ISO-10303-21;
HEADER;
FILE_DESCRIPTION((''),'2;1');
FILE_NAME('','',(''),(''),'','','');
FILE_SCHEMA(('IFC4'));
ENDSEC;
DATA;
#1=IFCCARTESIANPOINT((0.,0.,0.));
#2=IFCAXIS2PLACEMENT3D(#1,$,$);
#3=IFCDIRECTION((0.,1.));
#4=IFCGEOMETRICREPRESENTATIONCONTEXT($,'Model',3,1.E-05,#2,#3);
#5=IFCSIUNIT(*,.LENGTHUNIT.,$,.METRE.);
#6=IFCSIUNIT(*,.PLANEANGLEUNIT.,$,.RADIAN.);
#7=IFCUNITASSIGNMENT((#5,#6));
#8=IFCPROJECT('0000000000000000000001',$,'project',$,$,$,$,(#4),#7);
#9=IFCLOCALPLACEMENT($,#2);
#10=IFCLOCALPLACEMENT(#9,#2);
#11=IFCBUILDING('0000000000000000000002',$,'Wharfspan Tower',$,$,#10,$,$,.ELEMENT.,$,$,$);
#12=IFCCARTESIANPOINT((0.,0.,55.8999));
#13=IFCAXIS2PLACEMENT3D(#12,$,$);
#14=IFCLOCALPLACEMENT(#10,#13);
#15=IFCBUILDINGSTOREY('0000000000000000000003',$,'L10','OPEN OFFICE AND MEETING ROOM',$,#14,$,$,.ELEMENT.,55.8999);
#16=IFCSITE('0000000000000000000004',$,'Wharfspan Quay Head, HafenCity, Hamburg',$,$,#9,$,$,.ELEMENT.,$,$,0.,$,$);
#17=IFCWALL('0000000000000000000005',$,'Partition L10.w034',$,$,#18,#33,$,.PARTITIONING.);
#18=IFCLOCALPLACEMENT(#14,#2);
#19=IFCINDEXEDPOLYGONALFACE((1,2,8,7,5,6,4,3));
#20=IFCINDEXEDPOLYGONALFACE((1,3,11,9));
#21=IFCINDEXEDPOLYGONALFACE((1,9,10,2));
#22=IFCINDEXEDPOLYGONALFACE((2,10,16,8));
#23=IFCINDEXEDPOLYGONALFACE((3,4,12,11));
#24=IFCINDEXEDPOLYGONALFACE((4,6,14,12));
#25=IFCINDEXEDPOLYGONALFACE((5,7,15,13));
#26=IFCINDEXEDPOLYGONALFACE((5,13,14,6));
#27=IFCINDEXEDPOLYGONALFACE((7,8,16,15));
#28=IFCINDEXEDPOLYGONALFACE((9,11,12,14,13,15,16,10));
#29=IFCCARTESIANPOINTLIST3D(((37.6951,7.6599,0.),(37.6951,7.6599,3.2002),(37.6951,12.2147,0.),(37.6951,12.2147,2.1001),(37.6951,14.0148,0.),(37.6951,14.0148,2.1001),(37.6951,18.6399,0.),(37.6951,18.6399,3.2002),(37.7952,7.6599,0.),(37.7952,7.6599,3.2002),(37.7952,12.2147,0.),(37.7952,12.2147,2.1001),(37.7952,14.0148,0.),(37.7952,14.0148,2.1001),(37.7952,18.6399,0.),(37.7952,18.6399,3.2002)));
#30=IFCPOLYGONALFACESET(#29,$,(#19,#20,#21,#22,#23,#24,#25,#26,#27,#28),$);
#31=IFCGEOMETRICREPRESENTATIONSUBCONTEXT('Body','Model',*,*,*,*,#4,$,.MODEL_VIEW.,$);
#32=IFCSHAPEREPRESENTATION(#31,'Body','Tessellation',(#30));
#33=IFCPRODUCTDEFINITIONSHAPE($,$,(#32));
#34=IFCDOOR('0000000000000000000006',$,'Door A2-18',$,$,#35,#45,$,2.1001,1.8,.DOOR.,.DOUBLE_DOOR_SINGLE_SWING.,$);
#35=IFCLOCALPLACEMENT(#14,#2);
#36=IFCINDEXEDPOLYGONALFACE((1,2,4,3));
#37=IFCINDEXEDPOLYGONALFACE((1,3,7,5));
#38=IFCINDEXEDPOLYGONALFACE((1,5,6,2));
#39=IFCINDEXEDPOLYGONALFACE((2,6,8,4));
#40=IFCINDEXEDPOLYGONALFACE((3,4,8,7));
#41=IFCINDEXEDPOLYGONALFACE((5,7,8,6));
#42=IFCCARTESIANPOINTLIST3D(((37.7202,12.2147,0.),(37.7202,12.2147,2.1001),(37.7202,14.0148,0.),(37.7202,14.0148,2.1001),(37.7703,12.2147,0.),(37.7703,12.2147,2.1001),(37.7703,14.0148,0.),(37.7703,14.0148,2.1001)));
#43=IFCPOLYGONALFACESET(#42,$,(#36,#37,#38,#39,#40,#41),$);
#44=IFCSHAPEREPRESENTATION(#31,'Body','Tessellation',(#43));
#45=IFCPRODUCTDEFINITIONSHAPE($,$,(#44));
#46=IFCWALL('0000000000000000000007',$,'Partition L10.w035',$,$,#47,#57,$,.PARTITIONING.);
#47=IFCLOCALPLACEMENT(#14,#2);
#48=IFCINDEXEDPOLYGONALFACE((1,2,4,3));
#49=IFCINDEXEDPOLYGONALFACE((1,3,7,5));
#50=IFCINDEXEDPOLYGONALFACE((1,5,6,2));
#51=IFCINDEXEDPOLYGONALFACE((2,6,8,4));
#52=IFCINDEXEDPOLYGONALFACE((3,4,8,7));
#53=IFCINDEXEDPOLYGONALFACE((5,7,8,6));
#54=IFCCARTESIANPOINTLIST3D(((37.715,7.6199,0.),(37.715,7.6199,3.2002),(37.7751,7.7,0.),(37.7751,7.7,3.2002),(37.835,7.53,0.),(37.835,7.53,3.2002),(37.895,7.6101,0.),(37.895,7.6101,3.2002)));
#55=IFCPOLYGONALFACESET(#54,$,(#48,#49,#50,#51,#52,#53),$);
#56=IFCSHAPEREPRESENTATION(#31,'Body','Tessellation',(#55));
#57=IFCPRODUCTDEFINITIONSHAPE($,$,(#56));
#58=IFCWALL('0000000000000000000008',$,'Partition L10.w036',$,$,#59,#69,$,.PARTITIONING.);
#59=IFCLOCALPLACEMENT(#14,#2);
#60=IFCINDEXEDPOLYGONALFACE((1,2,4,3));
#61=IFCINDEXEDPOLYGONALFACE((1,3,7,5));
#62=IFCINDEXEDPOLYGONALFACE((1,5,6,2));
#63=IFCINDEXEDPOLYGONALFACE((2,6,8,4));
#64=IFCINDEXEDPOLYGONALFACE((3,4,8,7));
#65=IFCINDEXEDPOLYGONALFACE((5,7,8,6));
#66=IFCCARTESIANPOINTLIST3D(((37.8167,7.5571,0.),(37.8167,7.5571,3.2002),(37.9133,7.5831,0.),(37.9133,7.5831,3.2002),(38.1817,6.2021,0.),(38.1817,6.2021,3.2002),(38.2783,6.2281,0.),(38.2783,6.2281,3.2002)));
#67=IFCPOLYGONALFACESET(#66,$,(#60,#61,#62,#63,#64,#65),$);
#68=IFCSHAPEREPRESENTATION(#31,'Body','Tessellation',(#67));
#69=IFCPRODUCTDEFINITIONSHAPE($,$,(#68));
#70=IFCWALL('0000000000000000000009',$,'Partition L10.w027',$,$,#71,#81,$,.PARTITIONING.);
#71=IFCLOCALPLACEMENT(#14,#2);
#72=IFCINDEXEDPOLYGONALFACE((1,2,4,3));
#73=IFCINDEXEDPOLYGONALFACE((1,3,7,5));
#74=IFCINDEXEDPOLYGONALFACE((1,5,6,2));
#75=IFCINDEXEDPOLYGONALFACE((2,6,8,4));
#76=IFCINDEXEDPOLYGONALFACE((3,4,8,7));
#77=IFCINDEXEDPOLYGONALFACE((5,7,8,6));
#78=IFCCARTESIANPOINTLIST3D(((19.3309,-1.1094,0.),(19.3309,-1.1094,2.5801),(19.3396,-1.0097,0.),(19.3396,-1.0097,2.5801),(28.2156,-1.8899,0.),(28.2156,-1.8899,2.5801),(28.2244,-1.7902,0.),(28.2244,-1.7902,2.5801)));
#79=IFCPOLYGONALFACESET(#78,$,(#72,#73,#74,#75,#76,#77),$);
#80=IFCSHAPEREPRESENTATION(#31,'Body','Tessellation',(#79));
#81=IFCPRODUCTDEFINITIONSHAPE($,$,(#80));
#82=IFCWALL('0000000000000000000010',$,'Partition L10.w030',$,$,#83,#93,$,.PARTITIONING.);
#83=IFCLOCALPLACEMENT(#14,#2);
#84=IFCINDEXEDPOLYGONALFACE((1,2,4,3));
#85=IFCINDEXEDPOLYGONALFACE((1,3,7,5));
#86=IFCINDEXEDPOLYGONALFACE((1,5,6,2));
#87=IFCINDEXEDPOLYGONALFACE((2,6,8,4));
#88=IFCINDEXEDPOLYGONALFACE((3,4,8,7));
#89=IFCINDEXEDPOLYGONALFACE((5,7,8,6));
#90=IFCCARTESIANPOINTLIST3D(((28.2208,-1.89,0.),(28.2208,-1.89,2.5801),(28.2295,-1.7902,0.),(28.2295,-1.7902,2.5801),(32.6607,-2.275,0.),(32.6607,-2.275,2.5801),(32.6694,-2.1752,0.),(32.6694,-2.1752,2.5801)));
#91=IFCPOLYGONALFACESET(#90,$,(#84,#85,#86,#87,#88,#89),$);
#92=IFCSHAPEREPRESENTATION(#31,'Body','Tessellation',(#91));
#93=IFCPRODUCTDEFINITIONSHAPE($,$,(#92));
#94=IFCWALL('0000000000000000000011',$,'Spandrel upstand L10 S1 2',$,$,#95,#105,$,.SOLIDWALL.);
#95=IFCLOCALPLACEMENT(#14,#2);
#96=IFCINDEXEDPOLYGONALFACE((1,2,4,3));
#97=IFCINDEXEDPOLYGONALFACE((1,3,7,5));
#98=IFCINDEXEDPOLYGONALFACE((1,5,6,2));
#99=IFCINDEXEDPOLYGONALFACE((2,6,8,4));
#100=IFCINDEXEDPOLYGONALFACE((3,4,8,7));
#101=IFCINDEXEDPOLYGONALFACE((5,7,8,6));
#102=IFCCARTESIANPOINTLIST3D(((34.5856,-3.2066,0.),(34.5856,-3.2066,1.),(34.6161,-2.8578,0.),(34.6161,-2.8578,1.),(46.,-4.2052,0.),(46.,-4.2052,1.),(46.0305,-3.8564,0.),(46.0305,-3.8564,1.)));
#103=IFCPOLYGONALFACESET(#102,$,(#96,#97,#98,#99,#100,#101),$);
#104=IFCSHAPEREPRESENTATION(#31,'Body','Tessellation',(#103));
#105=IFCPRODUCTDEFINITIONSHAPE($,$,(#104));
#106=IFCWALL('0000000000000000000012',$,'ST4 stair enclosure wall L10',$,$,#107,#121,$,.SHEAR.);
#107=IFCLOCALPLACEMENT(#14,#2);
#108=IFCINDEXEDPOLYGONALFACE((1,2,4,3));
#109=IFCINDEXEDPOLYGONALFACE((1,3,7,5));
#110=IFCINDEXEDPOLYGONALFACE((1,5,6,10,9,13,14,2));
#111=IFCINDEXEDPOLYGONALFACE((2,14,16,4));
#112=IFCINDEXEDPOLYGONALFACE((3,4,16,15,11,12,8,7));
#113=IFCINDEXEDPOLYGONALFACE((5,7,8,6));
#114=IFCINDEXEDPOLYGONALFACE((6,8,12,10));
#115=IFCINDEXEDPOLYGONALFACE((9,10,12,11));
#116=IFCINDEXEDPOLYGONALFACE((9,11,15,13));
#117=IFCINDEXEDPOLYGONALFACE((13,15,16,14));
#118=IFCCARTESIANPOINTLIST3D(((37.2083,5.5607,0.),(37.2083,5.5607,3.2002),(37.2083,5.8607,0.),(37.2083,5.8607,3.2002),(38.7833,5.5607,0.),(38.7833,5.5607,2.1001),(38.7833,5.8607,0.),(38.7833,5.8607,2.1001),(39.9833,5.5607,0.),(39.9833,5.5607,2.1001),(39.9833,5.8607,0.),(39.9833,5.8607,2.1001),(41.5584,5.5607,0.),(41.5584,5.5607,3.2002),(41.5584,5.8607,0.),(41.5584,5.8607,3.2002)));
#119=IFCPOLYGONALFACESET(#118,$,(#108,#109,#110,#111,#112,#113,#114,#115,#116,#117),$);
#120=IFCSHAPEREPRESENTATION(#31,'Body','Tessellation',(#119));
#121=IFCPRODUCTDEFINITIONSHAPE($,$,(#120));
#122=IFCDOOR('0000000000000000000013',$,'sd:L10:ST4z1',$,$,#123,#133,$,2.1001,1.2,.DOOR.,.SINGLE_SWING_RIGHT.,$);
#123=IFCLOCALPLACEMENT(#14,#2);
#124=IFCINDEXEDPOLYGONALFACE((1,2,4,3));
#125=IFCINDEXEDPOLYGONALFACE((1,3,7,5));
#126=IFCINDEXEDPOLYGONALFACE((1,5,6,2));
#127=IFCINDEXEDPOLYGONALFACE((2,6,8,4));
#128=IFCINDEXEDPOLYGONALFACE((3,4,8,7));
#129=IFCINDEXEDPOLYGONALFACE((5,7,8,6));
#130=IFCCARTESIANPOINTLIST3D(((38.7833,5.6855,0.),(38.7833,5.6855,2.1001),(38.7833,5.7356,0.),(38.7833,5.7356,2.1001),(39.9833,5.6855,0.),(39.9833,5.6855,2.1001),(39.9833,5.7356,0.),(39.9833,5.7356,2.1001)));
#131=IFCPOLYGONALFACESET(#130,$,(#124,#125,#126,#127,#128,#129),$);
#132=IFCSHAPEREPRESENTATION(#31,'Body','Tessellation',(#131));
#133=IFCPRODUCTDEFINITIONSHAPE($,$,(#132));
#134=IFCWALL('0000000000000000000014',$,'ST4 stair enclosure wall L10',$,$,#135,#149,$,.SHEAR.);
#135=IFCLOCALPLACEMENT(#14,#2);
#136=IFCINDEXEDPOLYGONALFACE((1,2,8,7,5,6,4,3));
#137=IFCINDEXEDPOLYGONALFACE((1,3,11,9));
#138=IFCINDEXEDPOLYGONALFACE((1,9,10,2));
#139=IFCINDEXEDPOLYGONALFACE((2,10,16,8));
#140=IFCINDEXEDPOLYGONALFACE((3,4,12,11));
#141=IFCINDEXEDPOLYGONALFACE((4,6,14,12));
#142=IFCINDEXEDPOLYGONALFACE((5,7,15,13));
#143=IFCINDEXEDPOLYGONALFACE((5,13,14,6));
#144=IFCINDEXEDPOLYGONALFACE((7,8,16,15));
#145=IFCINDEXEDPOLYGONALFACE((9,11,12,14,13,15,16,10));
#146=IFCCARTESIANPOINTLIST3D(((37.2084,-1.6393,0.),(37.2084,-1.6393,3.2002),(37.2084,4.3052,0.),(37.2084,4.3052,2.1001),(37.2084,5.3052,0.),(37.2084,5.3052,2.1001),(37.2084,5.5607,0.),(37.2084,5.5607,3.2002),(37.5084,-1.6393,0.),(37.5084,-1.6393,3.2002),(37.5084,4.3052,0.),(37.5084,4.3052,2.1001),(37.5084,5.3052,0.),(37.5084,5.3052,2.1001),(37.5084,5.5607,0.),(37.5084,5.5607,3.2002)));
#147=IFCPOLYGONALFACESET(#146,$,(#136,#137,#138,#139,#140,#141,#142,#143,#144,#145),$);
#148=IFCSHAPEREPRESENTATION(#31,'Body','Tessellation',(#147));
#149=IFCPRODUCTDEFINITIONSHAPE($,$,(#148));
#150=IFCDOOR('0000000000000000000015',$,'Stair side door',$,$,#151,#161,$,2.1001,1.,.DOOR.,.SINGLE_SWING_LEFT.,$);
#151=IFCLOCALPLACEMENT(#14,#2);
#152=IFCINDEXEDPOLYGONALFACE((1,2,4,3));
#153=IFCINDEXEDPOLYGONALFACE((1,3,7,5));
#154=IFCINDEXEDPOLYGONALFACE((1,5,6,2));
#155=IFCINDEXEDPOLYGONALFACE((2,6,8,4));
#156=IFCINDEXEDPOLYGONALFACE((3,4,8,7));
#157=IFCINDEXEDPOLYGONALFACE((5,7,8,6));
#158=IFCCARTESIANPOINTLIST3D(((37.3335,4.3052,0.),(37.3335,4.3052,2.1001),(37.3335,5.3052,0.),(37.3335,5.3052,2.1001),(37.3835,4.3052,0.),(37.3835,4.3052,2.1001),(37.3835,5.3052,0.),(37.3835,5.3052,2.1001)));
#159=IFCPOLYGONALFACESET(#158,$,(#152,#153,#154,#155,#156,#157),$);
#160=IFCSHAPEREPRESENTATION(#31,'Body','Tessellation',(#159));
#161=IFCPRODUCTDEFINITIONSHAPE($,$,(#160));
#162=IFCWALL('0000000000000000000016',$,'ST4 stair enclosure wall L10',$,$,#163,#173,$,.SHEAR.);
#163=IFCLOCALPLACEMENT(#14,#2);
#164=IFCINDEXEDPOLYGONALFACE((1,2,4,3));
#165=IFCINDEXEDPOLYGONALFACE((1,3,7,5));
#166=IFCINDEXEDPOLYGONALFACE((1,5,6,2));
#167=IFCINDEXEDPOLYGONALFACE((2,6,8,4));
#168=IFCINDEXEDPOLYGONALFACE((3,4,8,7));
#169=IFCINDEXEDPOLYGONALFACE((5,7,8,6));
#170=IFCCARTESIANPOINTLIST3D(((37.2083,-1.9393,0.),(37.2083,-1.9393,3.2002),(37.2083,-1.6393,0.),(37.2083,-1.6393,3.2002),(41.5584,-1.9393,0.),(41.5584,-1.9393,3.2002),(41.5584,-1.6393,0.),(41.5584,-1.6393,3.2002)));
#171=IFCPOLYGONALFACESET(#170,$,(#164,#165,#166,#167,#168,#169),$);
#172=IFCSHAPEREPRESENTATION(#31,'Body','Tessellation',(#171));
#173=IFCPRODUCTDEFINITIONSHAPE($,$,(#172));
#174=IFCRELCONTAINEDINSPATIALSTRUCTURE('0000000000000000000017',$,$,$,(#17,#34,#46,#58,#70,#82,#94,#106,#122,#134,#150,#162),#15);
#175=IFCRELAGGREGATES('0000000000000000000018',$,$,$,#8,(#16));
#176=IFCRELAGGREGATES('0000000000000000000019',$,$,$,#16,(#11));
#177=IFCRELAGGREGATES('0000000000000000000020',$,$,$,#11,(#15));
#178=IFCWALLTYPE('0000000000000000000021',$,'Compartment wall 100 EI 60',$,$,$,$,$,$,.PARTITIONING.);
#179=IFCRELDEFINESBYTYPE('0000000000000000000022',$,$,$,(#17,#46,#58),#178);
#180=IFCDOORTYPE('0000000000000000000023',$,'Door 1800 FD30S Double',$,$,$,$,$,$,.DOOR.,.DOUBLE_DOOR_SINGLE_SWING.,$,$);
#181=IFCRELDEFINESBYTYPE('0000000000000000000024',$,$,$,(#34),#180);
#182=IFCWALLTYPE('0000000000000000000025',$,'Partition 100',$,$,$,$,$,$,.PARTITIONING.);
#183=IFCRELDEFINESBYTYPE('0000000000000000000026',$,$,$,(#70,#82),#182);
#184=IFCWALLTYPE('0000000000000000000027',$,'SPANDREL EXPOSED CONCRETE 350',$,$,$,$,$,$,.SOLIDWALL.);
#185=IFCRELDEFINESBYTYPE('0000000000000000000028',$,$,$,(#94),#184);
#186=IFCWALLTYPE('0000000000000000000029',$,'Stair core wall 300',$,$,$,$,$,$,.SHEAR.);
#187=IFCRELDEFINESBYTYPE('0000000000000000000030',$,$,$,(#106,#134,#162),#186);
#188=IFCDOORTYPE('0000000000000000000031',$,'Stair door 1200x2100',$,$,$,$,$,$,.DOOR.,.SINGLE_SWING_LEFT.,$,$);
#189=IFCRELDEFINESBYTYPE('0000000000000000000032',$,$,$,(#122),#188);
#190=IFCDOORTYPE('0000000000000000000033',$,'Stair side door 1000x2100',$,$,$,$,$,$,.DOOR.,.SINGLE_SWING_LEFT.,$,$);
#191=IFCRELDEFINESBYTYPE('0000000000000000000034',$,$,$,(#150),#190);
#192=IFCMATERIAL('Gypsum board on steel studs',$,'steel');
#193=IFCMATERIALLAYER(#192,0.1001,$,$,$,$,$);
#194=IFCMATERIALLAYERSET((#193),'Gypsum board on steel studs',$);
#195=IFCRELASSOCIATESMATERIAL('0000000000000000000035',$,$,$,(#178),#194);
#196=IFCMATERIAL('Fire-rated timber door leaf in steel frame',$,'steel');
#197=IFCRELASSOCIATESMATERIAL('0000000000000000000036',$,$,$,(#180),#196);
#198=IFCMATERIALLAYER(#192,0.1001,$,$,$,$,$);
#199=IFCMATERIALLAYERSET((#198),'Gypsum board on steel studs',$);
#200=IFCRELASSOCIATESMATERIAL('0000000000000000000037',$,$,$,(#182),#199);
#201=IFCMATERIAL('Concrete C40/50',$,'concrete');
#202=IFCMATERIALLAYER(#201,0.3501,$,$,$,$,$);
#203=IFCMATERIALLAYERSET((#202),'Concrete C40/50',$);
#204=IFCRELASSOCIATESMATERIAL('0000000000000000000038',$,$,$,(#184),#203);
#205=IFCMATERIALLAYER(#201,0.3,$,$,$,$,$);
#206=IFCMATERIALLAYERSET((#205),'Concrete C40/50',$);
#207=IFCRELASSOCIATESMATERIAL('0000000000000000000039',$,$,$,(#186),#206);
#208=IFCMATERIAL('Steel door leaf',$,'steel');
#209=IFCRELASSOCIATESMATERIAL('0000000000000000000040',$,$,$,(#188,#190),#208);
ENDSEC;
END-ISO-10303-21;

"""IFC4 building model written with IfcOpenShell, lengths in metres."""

from ifc_helpers import new_model, si_unit, direction, frame, frame_2d, origin, place, context, subcontext, project, spatial, rectangle, extrude, material, layer, layer_set, type_object, element, fill, save


model = new_model("IFC4")

# Units and contexts
model_context = context("Model", 3, precision=1e-05, world=origin(), true_north=direction((0.0, 1.0)))
body_context = subcontext(model_context, "Body", "Model", "MODEL_VIEW")
ifc_project = project(units=[si_unit("LENGTHUNIT", "METRE"), si_unit("PLANEANGLEUNIT", "RADIAN")], contexts=[model_context])

# Site, building, storey
site_placement = place(None, origin())
site = spatial("IfcSite", under=ifc_project, at=site_placement, Name="Wharfspan Quay Head, HafenCity, Hamburg", CompositionType="ELEMENT", RefElevation=0.0)
building_placement = place(site_placement, origin())
building = spatial("IfcBuilding", under=site, at=building_placement, Name="Wharfspan Tower", CompositionType="ELEMENT")
storey_placement = place(building_placement, frame((0.0, 0.0, 55.8999)))
storey = spatial("IfcBuildingStorey", under=building, at=storey_placement, Name="L10", Description="OPEN OFFICE AND MEETING ROOM", CompositionType="ELEMENT", Elevation=55.8999)

# Shared definitions
ifc_material_1 = material(Name="Gypsum board on steel studs", Category="steel")
ifc_layer_1 = layer(ifc_material_1, 0.1001)
ifc_layer_set_1 = layer_set([ifc_layer_1], Name="Gypsum board on steel studs")
wall_type_1 = type_object("IfcWallType", Name="Compartment wall 100 EI 60", PredefinedType="PARTITIONING", material=ifc_layer_set_1)

# Wall, opening, door
wall_1_placement = place(storey_placement, frame((37.7451, 7.6599, 0.0), z_axis=(0.0, 0.0, 1.0), x_axis=(0.0, 1.0, 0.0)))
wall_1 = element("IfcWall", 1, at=wall_1_placement, inside=storey, type_object=wall_type_1, Name="Partition L10.w034", PredefinedType="PARTITIONING", context=body_context, shape_type="SweptSolid", body=[
    extrude(rectangle(XDim=10.98, YDim=0.1001, at=frame_2d((5.49, 0.0))), origin(), (0.0, 0.0, 1.0), 3.2002),
])
opening_1_placement = place(wall_1_placement, frame((4.5549, 0.0, 0.0)))
opening_1 = element("IfcOpeningElement", 2, at=opening_1_placement, cuts=wall_1, PredefinedType="OPENING", context=body_context, shape_type="SweptSolid", body=[
    extrude(rectangle(XDim=1.8, YDim=2.1001, at=frame_2d((0.8999, 1.05))), frame((0.0, 0.0601, 0.0), z_axis=(0.0, -1.0, 0.0), x_axis=(1.0, 0.0, 0.0)), (0.0, 0.0, 1.0), 0.1201),
])
ifc_material_2 = material(Name="Fire-rated timber door leaf in steel frame", Category="steel")
door_type_1 = type_object("IfcDoorType", Name="Door 1800 FD30S Double", OperationType="DOUBLE_DOOR_SINGLE_SWING", PredefinedType="DOOR", material=ifc_material_2)
door_1_placement = place(opening_1_placement, origin())
door_1 = element("IfcDoor", 3, at=door_1_placement, inside=storey, type_object=door_type_1, Name="Door A2-18", OperationType="DOUBLE_DOOR_SINGLE_SWING", OverallHeight=2.1001, OverallWidth=1.8, PredefinedType="DOOR", context=body_context, shape_type="SweptSolid", body=[
    extrude(rectangle(XDim=1.8, YDim=2.1001, at=frame_2d((0.8999, 1.05))), frame((0.0, 0.0249, 0.0), z_axis=(0.0, -1.0, 0.0), x_axis=(1.0, 0.0, 0.0)), (0.0, 0.0, 1.0), 0.05),
])
fill(opening_1, door_1)

# Walls
wall_2_placement = place(storey_placement, frame((37.865, 7.5701, 0.0), z_axis=(0.0, 0.0, 1.0), x_axis=(-0.800198, 0.599741, 0.0)))
element("IfcWall", 4, at=wall_2_placement, inside=storey, type_object=wall_type_1, Name="Partition L10.w035", PredefinedType="PARTITIONING", context=body_context, shape_type="SweptSolid", body=[
    extrude(rectangle(XDim=0.1499, YDim=0.1001, at=frame_2d((0.075, 0.0))), origin(), (0.0, 0.0, 1.0), 3.2002),
])
wall_3_placement = place(storey_placement, frame((38.23, 6.2151, 0.0), z_axis=(0.0, 0.0, 1.0), x_axis=(-0.260099, 0.965585, 0.0)))
element("IfcWall", 5, at=wall_3_placement, inside=storey, type_object=wall_type_1, Name="Partition L10.w036", PredefinedType="PARTITIONING", context=body_context, shape_type="SweptSolid", body=[
    extrude(rectangle(XDim=1.4033, YDim=0.1001, at=frame_2d((0.7017, 0.0))), origin(), (0.0, 0.0, 1.0), 3.2002),
])
ifc_layer_2 = layer(ifc_material_1, 0.1001)
ifc_layer_set_2 = layer_set([ifc_layer_2], Name="Gypsum board on steel studs")
wall_type_2 = type_object("IfcWallType", Name="Partition 100", PredefinedType="PARTITIONING", material=ifc_layer_set_2)
wall_4_placement = place(storey_placement, frame((28.22, -1.8401, 0.0), z_axis=(0.0, 0.0, 1.0), x_axis=(-0.996164, 0.087512, 0.0)))
element("IfcWall", 6, at=wall_4_placement, inside=storey, type_object=wall_type_2, Name="Partition L10.w027", PredefinedType="PARTITIONING", context=body_context, shape_type="SweptSolid", body=[
    extrude(rectangle(XDim=8.9189, YDim=0.1001, at=frame_2d((4.4595, 0.0))), origin(), (0.0, 0.0, 1.0), 2.5801),
])
wall_5_placement = place(storey_placement, frame((32.665, -2.2251, 0.0), z_axis=(0.0, 0.0, 1.0), x_axis=(-0.996263, 0.086391, 0.0)))
element("IfcWall", 7, at=wall_5_placement, inside=storey, type_object=wall_type_2, Name="Partition L10.w030", PredefinedType="PARTITIONING", context=body_context, shape_type="SweptSolid", body=[
    extrude(rectangle(XDim=4.4565, YDim=0.1001, at=frame_2d((2.2283, 0.0))), origin(), (0.0, 0.0, 1.0), 2.5801),
])
ifc_material_3 = material(Name="Concrete C40/50", Category="concrete")
ifc_layer_3 = layer(ifc_material_3, 0.3501)
ifc_layer_set_3 = layer_set([ifc_layer_3], Name="Concrete C40/50")
wall_type_3 = type_object("IfcWallType", Name="SPANDREL EXPOSED CONCRETE 350", PredefinedType="SOLIDWALL", material=ifc_layer_set_3)
wall_6_placement = place(storey_placement, frame((34.6008, -3.0322, 0.0), z_axis=(0.0, 0.0, 1.0), x_axis=(0.996193, -0.087148, 0.0)))
element("IfcWall", 8, at=wall_6_placement, inside=storey, type_object=wall_type_3, Name="Spandrel upstand L10 S1 2", PredefinedType="SOLIDWALL", context=body_context, shape_type="SweptSolid", body=[
    extrude(rectangle(XDim=11.458, YDim=0.3501, at=frame_2d((5.729, 0.0))), origin(), (0.0, 0.0, 1.0), 1.0),
])

# Walls, openings, doors
ifc_layer_4 = layer(ifc_material_3, 0.3)
ifc_layer_set_4 = layer_set([ifc_layer_4], Name="Concrete C40/50")
wall_type_4 = type_object("IfcWallType", Name="Stair core wall 300", PredefinedType="SHEAR", material=ifc_layer_set_4)
wall_7_placement = place(storey_placement, frame((37.2083, 5.7107, 0.0), z_axis=(0.0, 0.0, 1.0), x_axis=(1.0, 0.0, 0.0)))
wall_7 = element("IfcWall", 9, at=wall_7_placement, inside=storey, type_object=wall_type_4, Name="ST4 stair enclosure wall L10", PredefinedType="SHEAR", context=body_context, shape_type="SweptSolid", body=[
    extrude(rectangle(XDim=4.3501, YDim=0.3, at=frame_2d((2.175, 0.0))), origin(), (0.0, 0.0, 1.0), 3.2002),
])
opening_2_placement = place(wall_7_placement, frame((1.575, 0.0, 0.0)))
opening_2 = element("IfcOpeningElement", 10, at=opening_2_placement, cuts=wall_7, PredefinedType="OPENING", context=body_context, shape_type="SweptSolid", body=[
    extrude(rectangle(XDim=1.2, YDim=2.1001, at=frame_2d((0.6001, 1.05))), frame((0.0, 0.1599, 0.0), z_axis=(0.0, -1.0, 0.0), x_axis=(1.0, 0.0, 0.0)), (0.0, 0.0, 1.0), 0.3201),
])
ifc_material_4 = material(Name="Steel door leaf", Category="steel")
door_type_2 = type_object("IfcDoorType", Name="Stair door 1200x2100", OperationType="SINGLE_SWING_LEFT", PredefinedType="DOOR", material=ifc_material_4)
door_2_placement = place(opening_2_placement, origin())
door_2 = element("IfcDoor", 11, at=door_2_placement, inside=storey, type_object=door_type_2, Name="sd:L10:ST4z1", OperationType="SINGLE_SWING_RIGHT", OverallHeight=2.1001, OverallWidth=1.2, PredefinedType="DOOR", context=body_context, shape_type="SweptSolid", body=[
    extrude(rectangle(XDim=1.2, YDim=2.1001, at=frame_2d((0.6001, 1.05))), frame((0.0, 0.0249, 0.0), z_axis=(0.0, -1.0, 0.0), x_axis=(1.0, 0.0, 0.0)), (0.0, 0.0, 1.0), 0.05),
])
fill(opening_2, door_2)
wall_8_placement = place(storey_placement, frame((37.3584, -1.6394, 0.0), z_axis=(0.0, 0.0, 1.0), x_axis=(0.0, 1.0, 0.0)))
wall_8 = element("IfcWall", 12, at=wall_8_placement, inside=storey, type_object=wall_type_4, Name="ST4 stair enclosure wall L10", PredefinedType="SHEAR", context=body_context, shape_type="SweptSolid", body=[
    extrude(rectangle(XDim=7.2, YDim=0.3, at=frame_2d((3.6001, 0.0))), origin(), (0.0, 0.0, 1.0), 3.2002),
])
opening_3_placement = place(wall_8_placement, frame((5.9446, 0.0, 0.0)))
opening_3 = element("IfcOpeningElement", 13, at=opening_3_placement, cuts=wall_8, PredefinedType="OPENING", context=body_context, shape_type="SweptSolid", body=[
    extrude(rectangle(XDim=1.0, YDim=2.1001, at=frame_2d((0.5, 1.05))), frame((0.0, 0.1599, 0.0), z_axis=(0.0, -1.0, 0.0), x_axis=(1.0, 0.0, 0.0)), (0.0, 0.0, 1.0), 0.3201),
])
door_type_3 = type_object("IfcDoorType", Name="Stair side door 1000x2100", OperationType="SINGLE_SWING_LEFT", PredefinedType="DOOR", material=ifc_material_4)
door_3_placement = place(opening_3_placement, origin())
door_3 = element("IfcDoor", 14, at=door_3_placement, inside=storey, type_object=door_type_3, Name="Stair side door", OperationType="SINGLE_SWING_LEFT", OverallHeight=2.1001, OverallWidth=1.0, PredefinedType="DOOR", context=body_context, shape_type="SweptSolid", body=[
    extrude(rectangle(XDim=1.0, YDim=2.1001, at=frame_2d((0.5, 1.05))), frame((0.0, 0.0249, 0.0), z_axis=(0.0, -1.0, 0.0), x_axis=(1.0, 0.0, 0.0)), (0.0, 0.0, 1.0), 0.05),
])
fill(opening_3, door_3)

# Wall
wall_9_placement = place(storey_placement, frame((37.2083, -1.7893, 0.0), z_axis=(0.0, 0.0, 1.0), x_axis=(1.0, 0.0, 0.0)))
element("IfcWall", 15, at=wall_9_placement, inside=storey, type_object=wall_type_4, Name="ST4 stair enclosure wall L10", PredefinedType="SHEAR", context=body_context, shape_type="SweptSolid", body=[
    extrude(rectangle(XDim=4.3501, YDim=0.3, at=frame_2d((2.175, 0.0))), origin(), (0.0, 0.0, 1.0), 3.2002),
])

save(model, "model.ifc")
